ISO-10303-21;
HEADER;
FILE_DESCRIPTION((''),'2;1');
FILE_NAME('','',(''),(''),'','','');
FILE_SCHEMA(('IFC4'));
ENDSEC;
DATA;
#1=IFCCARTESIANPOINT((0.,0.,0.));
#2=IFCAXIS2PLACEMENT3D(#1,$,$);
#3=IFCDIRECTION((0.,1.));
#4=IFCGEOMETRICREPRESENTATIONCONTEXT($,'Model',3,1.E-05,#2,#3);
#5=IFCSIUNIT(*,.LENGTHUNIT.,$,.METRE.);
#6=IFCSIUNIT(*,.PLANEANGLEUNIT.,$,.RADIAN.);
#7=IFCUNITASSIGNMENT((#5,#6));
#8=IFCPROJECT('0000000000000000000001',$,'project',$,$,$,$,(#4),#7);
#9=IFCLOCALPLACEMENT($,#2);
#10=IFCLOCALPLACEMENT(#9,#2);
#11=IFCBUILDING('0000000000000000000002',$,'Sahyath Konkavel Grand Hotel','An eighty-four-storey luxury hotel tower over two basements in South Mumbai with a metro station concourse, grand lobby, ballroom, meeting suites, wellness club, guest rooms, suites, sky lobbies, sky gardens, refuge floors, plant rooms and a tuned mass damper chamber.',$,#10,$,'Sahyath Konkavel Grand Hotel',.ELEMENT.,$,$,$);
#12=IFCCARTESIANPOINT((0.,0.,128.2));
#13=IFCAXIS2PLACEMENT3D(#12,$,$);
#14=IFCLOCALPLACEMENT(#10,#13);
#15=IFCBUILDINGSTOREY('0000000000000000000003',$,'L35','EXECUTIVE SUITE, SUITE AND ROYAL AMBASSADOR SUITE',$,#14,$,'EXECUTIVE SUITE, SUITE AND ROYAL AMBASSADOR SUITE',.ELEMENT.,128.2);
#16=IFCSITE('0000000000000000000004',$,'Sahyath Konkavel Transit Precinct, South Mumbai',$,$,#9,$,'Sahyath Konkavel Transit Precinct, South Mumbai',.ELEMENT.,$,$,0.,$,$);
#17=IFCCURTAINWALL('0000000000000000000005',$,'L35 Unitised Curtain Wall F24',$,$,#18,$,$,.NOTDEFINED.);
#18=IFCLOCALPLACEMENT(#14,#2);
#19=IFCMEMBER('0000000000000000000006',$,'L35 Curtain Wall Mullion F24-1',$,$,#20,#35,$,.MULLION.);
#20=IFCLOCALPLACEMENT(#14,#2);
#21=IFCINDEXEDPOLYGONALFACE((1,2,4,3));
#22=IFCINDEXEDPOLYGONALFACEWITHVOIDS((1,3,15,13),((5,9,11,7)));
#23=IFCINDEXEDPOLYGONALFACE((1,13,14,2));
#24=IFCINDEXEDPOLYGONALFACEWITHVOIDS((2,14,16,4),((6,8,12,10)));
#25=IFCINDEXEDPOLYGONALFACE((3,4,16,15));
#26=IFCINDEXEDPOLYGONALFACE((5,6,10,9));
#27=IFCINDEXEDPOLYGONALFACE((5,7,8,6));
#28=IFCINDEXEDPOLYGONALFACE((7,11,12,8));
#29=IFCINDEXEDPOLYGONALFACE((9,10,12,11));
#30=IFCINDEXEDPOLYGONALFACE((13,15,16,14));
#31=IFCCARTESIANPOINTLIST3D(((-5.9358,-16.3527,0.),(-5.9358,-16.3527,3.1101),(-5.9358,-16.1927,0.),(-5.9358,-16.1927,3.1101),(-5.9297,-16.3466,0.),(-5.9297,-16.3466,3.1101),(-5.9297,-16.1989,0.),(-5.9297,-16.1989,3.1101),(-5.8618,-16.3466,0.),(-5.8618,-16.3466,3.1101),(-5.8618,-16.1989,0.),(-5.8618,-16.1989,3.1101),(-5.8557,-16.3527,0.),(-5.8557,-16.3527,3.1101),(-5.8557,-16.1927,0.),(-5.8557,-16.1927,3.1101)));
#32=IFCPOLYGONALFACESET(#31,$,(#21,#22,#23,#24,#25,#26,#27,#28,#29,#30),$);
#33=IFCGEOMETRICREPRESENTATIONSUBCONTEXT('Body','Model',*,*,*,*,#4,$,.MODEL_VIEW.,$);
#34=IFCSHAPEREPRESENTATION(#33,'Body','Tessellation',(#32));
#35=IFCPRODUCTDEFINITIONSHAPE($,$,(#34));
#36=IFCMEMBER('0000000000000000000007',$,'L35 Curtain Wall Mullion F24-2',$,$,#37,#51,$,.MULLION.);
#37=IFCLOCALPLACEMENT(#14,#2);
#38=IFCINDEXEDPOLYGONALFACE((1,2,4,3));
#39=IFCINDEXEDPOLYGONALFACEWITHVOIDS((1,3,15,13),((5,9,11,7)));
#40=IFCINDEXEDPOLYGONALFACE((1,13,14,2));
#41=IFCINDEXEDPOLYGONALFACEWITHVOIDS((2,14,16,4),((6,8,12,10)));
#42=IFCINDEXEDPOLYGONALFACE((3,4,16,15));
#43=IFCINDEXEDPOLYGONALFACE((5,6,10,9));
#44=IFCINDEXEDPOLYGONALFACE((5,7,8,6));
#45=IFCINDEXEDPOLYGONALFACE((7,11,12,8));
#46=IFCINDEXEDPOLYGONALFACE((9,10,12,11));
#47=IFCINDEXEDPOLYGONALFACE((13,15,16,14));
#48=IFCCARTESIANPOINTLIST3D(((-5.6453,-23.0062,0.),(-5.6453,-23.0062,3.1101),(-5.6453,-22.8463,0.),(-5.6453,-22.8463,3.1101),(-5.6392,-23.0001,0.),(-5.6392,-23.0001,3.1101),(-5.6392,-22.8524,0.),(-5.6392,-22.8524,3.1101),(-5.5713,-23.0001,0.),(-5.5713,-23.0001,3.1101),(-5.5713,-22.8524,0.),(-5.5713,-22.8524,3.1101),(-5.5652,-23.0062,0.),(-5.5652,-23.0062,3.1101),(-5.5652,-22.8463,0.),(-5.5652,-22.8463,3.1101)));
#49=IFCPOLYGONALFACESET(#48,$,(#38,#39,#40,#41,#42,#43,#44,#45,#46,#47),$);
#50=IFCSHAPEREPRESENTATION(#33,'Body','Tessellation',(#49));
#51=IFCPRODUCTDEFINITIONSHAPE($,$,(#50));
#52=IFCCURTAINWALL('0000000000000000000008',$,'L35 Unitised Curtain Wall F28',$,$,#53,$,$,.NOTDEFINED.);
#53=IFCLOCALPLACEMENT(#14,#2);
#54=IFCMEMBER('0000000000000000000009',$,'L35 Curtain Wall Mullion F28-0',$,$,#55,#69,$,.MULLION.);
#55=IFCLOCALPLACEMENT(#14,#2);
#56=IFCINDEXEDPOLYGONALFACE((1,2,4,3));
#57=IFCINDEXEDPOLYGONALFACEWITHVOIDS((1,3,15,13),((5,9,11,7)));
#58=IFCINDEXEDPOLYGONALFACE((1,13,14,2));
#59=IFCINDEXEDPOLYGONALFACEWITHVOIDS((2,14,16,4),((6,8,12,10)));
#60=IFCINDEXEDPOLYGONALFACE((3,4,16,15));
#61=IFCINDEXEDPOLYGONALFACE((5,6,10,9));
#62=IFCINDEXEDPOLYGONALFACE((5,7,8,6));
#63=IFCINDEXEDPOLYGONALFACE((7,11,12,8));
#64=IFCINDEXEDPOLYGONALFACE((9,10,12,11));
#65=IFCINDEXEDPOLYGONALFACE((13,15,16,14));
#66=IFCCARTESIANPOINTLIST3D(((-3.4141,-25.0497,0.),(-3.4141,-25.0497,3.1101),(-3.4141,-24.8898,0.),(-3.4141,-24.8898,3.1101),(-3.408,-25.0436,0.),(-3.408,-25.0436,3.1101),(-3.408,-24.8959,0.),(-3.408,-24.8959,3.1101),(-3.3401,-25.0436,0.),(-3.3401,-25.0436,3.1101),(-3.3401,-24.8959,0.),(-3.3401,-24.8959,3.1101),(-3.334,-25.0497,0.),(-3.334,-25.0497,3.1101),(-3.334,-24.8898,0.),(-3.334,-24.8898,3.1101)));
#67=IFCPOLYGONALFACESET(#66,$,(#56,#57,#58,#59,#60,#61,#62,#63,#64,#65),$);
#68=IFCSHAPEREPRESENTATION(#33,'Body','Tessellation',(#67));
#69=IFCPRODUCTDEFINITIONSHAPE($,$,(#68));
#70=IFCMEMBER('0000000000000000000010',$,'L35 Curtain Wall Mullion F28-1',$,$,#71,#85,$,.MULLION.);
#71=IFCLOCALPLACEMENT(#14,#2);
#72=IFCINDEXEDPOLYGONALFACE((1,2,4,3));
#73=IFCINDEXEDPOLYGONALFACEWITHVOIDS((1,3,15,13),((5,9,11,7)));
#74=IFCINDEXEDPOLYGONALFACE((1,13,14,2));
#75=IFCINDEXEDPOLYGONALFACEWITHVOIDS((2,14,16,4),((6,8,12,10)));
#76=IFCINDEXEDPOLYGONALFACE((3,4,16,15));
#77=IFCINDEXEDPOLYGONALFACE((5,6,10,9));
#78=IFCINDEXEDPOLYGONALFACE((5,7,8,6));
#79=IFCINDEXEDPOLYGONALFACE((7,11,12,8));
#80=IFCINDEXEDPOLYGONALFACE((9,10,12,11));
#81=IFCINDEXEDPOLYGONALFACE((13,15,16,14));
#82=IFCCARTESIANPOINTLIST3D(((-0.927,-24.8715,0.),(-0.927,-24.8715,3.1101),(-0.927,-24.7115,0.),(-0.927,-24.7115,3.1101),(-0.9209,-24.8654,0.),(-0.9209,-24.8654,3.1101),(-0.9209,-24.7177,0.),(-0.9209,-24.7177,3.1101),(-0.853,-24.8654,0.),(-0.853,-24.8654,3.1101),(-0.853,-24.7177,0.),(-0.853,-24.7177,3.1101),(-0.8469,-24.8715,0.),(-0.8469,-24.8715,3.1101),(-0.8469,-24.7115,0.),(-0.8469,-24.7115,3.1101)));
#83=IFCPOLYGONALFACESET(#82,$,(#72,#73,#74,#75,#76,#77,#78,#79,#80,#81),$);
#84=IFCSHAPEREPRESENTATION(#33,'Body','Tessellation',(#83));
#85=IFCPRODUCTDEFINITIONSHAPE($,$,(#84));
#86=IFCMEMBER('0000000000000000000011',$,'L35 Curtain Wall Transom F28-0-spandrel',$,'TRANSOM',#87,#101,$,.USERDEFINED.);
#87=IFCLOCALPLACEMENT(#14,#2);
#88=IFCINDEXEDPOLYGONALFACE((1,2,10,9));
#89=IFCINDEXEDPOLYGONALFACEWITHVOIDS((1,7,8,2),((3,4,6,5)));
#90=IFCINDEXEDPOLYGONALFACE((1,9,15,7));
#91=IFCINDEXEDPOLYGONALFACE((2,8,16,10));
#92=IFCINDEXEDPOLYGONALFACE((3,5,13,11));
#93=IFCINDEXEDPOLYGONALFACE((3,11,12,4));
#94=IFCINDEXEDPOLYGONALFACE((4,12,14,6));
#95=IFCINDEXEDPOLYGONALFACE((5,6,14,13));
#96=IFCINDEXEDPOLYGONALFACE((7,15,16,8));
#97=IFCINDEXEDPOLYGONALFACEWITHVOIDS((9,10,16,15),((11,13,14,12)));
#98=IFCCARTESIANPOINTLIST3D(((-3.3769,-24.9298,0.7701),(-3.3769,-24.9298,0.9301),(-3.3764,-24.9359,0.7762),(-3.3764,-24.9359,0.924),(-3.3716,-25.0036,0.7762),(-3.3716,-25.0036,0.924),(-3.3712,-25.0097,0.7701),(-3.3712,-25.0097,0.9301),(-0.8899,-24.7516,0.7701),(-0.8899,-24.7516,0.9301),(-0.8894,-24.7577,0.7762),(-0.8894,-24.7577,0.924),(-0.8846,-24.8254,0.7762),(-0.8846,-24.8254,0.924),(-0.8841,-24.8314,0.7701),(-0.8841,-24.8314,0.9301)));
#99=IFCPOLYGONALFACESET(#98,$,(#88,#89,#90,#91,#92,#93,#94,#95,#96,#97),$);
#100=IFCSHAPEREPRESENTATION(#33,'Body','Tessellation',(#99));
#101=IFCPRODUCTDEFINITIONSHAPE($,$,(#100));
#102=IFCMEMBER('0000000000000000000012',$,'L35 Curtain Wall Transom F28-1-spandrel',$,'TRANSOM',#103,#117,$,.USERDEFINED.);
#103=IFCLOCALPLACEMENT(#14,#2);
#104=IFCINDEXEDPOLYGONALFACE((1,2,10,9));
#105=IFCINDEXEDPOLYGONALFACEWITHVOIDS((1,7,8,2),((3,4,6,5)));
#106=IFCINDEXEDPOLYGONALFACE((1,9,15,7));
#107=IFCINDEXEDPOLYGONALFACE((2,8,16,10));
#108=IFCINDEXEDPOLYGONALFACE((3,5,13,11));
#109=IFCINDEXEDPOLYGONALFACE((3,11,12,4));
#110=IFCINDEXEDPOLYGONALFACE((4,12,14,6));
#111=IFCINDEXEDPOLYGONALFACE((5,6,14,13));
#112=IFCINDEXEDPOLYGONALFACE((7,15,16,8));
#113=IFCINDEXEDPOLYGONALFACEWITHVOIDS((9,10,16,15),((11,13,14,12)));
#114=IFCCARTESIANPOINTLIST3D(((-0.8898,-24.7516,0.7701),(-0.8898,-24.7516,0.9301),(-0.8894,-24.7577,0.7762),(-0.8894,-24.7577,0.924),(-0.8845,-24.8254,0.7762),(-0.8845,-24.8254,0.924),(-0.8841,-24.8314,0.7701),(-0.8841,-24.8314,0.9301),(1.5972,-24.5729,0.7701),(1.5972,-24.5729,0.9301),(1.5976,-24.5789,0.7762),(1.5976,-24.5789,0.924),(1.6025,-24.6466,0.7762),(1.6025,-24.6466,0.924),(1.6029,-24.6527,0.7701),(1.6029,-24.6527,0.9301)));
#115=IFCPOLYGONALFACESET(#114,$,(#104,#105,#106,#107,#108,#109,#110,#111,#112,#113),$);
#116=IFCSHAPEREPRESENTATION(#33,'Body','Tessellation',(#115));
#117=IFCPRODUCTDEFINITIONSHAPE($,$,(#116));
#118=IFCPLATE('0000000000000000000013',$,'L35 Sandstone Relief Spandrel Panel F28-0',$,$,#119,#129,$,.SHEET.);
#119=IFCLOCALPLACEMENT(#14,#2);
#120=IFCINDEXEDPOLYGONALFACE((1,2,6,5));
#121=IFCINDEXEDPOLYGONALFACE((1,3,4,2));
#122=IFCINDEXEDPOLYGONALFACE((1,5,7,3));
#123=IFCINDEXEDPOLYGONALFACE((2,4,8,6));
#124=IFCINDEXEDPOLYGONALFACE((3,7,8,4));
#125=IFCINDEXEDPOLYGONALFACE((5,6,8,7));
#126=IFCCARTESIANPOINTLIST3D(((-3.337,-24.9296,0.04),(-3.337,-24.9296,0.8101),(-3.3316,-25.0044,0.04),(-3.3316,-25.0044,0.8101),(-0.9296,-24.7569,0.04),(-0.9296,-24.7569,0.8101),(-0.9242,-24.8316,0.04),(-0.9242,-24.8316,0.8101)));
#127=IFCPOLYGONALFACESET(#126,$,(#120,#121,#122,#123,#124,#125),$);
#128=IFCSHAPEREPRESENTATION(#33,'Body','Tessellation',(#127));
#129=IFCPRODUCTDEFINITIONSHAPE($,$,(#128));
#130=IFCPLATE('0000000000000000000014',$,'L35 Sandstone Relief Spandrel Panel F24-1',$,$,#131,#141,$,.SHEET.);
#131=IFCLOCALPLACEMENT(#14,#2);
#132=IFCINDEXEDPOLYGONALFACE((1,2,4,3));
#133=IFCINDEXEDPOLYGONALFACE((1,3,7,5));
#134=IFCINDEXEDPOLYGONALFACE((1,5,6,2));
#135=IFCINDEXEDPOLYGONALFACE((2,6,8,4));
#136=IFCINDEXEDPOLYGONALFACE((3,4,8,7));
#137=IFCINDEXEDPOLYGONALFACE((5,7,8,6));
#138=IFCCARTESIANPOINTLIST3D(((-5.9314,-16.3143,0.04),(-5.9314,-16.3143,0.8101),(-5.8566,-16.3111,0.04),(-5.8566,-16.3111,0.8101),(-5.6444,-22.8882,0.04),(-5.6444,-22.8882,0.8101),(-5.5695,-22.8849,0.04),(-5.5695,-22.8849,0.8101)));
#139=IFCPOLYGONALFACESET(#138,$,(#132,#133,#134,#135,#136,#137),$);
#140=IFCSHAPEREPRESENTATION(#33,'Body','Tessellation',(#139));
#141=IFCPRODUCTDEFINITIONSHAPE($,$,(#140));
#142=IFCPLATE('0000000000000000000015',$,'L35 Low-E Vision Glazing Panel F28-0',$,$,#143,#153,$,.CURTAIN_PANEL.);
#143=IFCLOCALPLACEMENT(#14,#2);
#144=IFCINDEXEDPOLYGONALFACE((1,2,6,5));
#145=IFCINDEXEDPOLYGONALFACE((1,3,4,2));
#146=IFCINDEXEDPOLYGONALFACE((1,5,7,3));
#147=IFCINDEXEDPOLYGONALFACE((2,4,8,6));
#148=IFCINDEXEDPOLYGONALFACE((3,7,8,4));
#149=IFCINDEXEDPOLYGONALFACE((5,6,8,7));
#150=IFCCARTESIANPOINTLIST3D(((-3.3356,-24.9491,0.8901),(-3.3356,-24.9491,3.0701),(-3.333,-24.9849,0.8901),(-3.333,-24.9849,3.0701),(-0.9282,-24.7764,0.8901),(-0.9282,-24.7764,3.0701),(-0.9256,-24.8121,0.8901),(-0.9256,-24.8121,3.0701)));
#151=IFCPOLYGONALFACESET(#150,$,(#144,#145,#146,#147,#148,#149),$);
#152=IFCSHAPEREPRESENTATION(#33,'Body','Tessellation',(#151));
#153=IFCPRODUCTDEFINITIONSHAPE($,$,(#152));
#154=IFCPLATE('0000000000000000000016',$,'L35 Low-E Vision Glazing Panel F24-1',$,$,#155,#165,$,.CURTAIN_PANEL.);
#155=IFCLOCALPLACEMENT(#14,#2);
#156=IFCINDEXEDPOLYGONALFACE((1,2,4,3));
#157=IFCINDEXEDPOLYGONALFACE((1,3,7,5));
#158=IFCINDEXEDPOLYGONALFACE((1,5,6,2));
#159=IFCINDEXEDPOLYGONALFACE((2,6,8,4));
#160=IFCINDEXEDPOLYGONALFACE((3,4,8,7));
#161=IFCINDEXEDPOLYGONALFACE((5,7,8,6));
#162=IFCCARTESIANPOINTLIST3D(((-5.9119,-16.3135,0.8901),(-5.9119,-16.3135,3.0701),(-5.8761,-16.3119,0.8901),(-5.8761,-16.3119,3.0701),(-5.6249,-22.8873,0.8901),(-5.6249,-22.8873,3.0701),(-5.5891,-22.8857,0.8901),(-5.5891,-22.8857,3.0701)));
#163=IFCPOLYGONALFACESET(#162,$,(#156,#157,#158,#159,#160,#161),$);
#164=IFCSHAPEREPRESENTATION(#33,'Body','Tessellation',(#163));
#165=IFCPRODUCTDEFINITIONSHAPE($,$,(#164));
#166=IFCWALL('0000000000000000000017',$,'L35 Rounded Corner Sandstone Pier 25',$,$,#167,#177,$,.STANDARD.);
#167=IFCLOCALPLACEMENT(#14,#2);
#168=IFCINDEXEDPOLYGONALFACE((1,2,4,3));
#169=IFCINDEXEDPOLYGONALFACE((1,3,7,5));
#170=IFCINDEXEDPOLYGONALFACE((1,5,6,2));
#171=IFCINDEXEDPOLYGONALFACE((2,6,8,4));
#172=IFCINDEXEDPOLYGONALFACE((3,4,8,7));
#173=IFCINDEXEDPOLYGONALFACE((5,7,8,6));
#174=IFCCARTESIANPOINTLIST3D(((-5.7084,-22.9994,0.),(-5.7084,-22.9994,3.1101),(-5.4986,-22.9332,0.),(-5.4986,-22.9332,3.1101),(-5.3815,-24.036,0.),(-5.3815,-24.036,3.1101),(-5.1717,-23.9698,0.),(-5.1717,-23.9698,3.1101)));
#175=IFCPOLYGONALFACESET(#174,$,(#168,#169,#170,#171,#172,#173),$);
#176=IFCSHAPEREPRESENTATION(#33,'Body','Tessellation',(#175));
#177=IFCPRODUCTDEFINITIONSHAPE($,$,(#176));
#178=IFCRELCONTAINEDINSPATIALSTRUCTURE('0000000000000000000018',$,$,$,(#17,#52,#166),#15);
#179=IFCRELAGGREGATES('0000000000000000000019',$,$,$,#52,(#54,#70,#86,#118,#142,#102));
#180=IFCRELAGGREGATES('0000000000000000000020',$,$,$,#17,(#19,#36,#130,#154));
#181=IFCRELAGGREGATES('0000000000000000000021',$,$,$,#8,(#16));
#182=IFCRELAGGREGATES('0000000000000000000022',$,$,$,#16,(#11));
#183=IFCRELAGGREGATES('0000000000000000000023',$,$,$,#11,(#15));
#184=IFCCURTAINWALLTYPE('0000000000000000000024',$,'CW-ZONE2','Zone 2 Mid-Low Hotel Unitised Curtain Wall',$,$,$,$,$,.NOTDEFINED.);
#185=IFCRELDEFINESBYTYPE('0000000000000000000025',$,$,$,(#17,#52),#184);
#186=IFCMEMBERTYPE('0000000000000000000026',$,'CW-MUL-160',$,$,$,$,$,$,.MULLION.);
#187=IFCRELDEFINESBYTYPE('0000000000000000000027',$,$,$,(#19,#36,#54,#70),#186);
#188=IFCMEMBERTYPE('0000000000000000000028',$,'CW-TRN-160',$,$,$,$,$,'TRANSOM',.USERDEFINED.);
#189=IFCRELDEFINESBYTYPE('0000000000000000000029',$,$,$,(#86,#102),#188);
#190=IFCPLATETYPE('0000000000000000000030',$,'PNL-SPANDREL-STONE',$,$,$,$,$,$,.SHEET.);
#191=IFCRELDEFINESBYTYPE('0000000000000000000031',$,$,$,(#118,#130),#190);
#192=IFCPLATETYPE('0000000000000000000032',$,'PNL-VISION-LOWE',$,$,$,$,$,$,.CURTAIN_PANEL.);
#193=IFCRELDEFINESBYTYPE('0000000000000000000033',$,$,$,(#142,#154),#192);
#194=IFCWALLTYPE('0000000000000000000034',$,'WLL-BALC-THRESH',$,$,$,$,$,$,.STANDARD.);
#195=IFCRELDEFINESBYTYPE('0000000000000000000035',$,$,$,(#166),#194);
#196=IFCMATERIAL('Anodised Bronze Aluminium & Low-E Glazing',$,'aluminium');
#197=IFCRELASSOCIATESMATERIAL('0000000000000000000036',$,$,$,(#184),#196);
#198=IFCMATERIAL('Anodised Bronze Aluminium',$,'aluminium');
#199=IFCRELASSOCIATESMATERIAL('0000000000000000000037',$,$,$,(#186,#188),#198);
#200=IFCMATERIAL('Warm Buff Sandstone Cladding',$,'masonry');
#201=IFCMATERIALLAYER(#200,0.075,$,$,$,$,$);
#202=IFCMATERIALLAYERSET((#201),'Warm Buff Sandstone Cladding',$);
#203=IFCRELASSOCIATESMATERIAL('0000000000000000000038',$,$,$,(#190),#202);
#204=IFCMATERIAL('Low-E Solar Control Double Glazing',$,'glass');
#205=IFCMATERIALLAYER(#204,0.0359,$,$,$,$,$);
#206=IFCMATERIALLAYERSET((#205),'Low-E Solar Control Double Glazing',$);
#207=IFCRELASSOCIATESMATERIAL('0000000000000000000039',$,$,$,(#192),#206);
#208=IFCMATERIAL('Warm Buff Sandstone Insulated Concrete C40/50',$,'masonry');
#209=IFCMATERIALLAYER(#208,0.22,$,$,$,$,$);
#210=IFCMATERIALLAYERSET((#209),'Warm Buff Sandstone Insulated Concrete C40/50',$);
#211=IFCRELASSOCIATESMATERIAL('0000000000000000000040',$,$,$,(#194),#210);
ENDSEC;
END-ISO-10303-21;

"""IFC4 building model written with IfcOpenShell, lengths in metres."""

from ifc_helpers import new_model, si_unit, direction, frame, frame_2d, origin, origin_2d, place, context, subcontext, project, spatial, rectangle, hollow_rectangle, extrude, source, transform, mapped, material, layer, layer_set, material_profile, profile_set, type_object, element, aggregate, save


model = new_model("IFC4")

# Units and contexts
model_context = context("Model", 3, precision=1e-05, world=origin(), true_north=direction((0.0, 1.0)))
body_context = subcontext(model_context, "Body", "Model", "MODEL_VIEW")
ifc_project = project(units=[si_unit("LENGTHUNIT", "METRE"), si_unit("PLANEANGLEUNIT", "RADIAN")], contexts=[model_context])

# Site, building, storey
site_placement = place(None, origin())
site = spatial("IfcSite", under=ifc_project, at=site_placement, Name="Sahyath Konkavel Transit Precinct, South Mumbai", LongName="Sahyath Konkavel Transit Precinct, South Mumbai", CompositionType="ELEMENT", RefElevation=0.0)
building_placement = place(site_placement, origin())
building = spatial("IfcBuilding", under=site, at=building_placement, Name="Sahyath Konkavel Grand Hotel", Description="An eighty-four-storey luxury hotel tower over two basements in South Mumbai with a metro station concourse, grand lobby, ballroom, meeting suites, wellness club, guest rooms, suites, sky lobbies, sky gardens, refuge floors, plant rooms and a tuned mass damper chamber.", LongName="Sahyath Konkavel Grand Hotel", CompositionType="ELEMENT")
storey_placement = place(building_placement, frame((0.0, 0.0, 128.2)))
storey = spatial("IfcBuildingStorey", under=building, at=storey_placement, Name="L35", Description="EXECUTIVE SUITE, SUITE AND ROYAL AMBASSADOR SUITE", LongName="EXECUTIVE SUITE, SUITE AND ROYAL AMBASSADOR SUITE", CompositionType="ELEMENT", Elevation=128.2)

# Curtain wall, members
ifc_material_1 = material(Name="Anodised Bronze Aluminium & Low-E Glazing", Category="aluminium")
curtain_wall_type = type_object("IfcCurtainWallType", Name="CW-ZONE2", Description="Zone 2 Mid-Low Hotel Unitised Curtain Wall", PredefinedType="NOTDEFINED", material=ifc_material_1)
curtain_wall_1_placement = place(storey_placement, origin())
curtain_wall_1 = element("IfcCurtainWall", 1, at=curtain_wall_1_placement, inside=storey, type_object=curtain_wall_type, Name="L35 Unitised Curtain Wall F24", PredefinedType="NOTDEFINED")
ifc_material_2 = material(Name="Anodised Bronze Aluminium", Category="aluminium")
ifc_material_profile_1 = material_profile(ifc_material_2, hollow_rectangle(XDim=0.0801, YDim=0.1599, WallThickness=0.0061, at=origin_2d()), Name="RHS 160x80x6")
ifc_profile_set_1 = profile_set([ifc_material_profile_1], Name="Anodised Bronze Aluminium")
member_type_1 = type_object("IfcMemberType", Name="CW-MUL-160", PredefinedType="MULLION", material=ifc_profile_set_1)
shared_shape_1 = source(origin(), body_context, "Body", "SweptSolid", [
    extrude(hollow_rectangle(XDim=0.0801, YDim=0.1599, WallThickness=0.0061, at=origin_2d()), origin(), (0.0, 0.0, 1.0), 3.1101),
])
member_1_placement = place(storey_placement, frame((-5.8958, -16.2727, 0.0), z_axis=(0.0, 0.0, 1.0), x_axis=(1.0, 0.0, 0.0)))
member_1 = element("IfcMember", 2, at=member_1_placement, type_object=member_type_1, Name="L35 Curtain Wall Mullion F24-1", PredefinedType="MULLION", context=body_context, shape_type="MappedRepresentation", body=[
    mapped(shared_shape_1, transform((0.0, 0.0, 0.0), scale=1.0)),
])
member_2_placement = place(storey_placement, frame((-5.6052, -22.9263, 0.0), z_axis=(0.0, 0.0, 1.0), x_axis=(1.0, 0.0, 0.0)))
member_2 = element("IfcMember", 3, at=member_2_placement, type_object=member_type_1, Name="L35 Curtain Wall Mullion F24-2", PredefinedType="MULLION", context=body_context, shape_type="MappedRepresentation", body=[
    mapped(shared_shape_1, transform((0.0, 0.0, 0.0), scale=1.0)),
])

# Curtain wall, members, plate
curtain_wall_2_placement = place(storey_placement, origin())
curtain_wall_2 = element("IfcCurtainWall", 4, at=curtain_wall_2_placement, inside=storey, type_object=curtain_wall_type, Name="L35 Unitised Curtain Wall F28", PredefinedType="NOTDEFINED")
member_3_placement = place(storey_placement, frame((-3.374, -24.9697, 0.0), z_axis=(0.0, 0.0, 1.0), x_axis=(1.0, 0.0, 0.0)))
member_3 = element("IfcMember", 5, at=member_3_placement, type_object=member_type_1, Name="L35 Curtain Wall Mullion F28-0", PredefinedType="MULLION", context=body_context, shape_type="MappedRepresentation", body=[
    mapped(shared_shape_1, transform((0.0, 0.0, 0.0), scale=1.0)),
])
member_4_placement = place(storey_placement, frame((-0.887, -24.7915, 0.0), z_axis=(0.0, 0.0, 1.0), x_axis=(1.0, 0.0, 0.0)))
member_4 = element("IfcMember", 6, at=member_4_placement, type_object=member_type_1, Name="L35 Curtain Wall Mullion F28-1", PredefinedType="MULLION", context=body_context, shape_type="MappedRepresentation", body=[
    mapped(shared_shape_1, transform((0.0, 0.0, 0.0), scale=1.0)),
])
ifc_material_profile_2 = material_profile(ifc_material_2, hollow_rectangle(XDim=0.0801, YDim=0.1599, WallThickness=0.0061, at=origin_2d()), Name="RHS 160x80x6")
ifc_profile_set_2 = profile_set([ifc_material_profile_2], Name="Anodised Bronze Aluminium")
member_type_2 = type_object("IfcMemberType", Name="CW-TRN-160", ElementType="TRANSOM", PredefinedType="USERDEFINED", material=ifc_profile_set_2)
shared_shape_2 = source(origin(), body_context, "Body", "SweptSolid", [
    extrude(hollow_rectangle(XDim=0.0801, YDim=0.1599, WallThickness=0.0061, at=origin_2d()), origin(), (0.0, 0.0, 1.0), 2.4934),
])
member_5_placement = place(storey_placement, frame((-3.374, -24.9697, 0.8501), z_axis=(0.997442, 0.071477, 0.0), x_axis=(-0.071477, 0.997442, 0.0)))
member_5 = element("IfcMember", 7, at=member_5_placement, type_object=member_type_2, Name="L35 Curtain Wall Transom F28-0-spandrel", ObjectType="TRANSOM", PredefinedType="USERDEFINED", context=body_context, shape_type="MappedRepresentation", body=[
    mapped(shared_shape_2, transform((0.0, 0.0, 0.0), scale=1.0)),
])
member_6_placement = place(storey_placement, frame((-0.887, -24.7915, 0.8501), z_axis=(0.997428, 0.071671, 0.0), x_axis=(-0.071671, 0.997428, 0.0)))
member_6 = element("IfcMember", 8, at=member_6_placement, type_object=member_type_2, Name="L35 Curtain Wall Transom F28-1-spandrel", ObjectType="TRANSOM", PredefinedType="USERDEFINED", context=body_context, shape_type="MappedRepresentation", body=[
    mapped(shared_shape_2, transform((0.0, 0.0, 0.0), scale=1.0)),
])
ifc_material_3 = material(Name="Warm Buff Sandstone Cladding", Category="masonry")
ifc_layer_1 = layer(ifc_material_3, 0.075)
ifc_layer_set_1 = layer_set([ifc_layer_1], Name="Warm Buff Sandstone Cladding")
plate_type_1 = type_object("IfcPlateType", Name="PNL-SPANDREL-STONE", PredefinedType="SHEET", material=ifc_layer_set_1)
shared_shape_3 = source(origin(), body_context, "Body", "SweptSolid", [
    extrude(rectangle(XDim=2.4136, YDim=0.075, at=origin_2d()), origin(), (0.0, 0.0, 1.0), 0.77),
])
plate_1_placement = place(storey_placement, frame((-2.1306, -24.8806, 0.04), z_axis=(0.0, 0.0, 1.0), x_axis=(0.997436, 0.071567, 0.0)))
plate_1 = element("IfcPlate", 9, at=plate_1_placement, type_object=plate_type_1, Name="L35 Sandstone Relief Spandrel Panel F28-0", PredefinedType="SHEET", context=body_context, shape_type="MappedRepresentation", body=[
    mapped(shared_shape_3, transform((0.0, 0.0, 0.0), scale=1.0)),
])

# Plates
shared_shape_4 = source(origin(), body_context, "Body", "SweptSolid", [
    extrude(rectangle(XDim=6.5801, YDim=0.075, at=origin_2d()), origin(), (0.0, 0.0, 1.0), 0.77),
])
plate_2_placement = place(storey_placement, frame((-5.7505, -19.5996, 0.04), z_axis=(0.0, 0.0, 1.0), x_axis=(0.043619, -0.999048, 0.0)))
plate_2 = element("IfcPlate", 10, at=plate_2_placement, type_object=plate_type_1, Name="L35 Sandstone Relief Spandrel Panel F24-1", PredefinedType="SHEET", context=body_context, shape_type="MappedRepresentation", body=[
    mapped(shared_shape_4, transform((0.0, 0.0, 0.0), scale=1.0)),
])
ifc_material_4 = material(Name="Low-E Solar Control Double Glazing", Category="glass")
ifc_layer_2 = layer(ifc_material_4, 0.0359)
ifc_layer_set_2 = layer_set([ifc_layer_2], Name="Low-E Solar Control Double Glazing")
plate_type_2 = type_object("IfcPlateType", Name="PNL-VISION-LOWE", PredefinedType="CURTAIN_PANEL", material=ifc_layer_set_2)
shared_shape_5 = source(origin(), body_context, "Body", "SweptSolid", [
    extrude(rectangle(XDim=2.4136, YDim=0.0359, at=origin_2d()), origin(), (0.0, 0.0, 1.0), 2.1799),
])
plate_3_placement = place(storey_placement, frame((-2.1306, -24.8806, 0.8901), z_axis=(0.0, 0.0, 1.0), x_axis=(0.997436, 0.071567, 0.0)))
plate_3 = element("IfcPlate", 11, at=plate_3_placement, type_object=plate_type_2, Name="L35 Low-E Vision Glazing Panel F28-0", PredefinedType="CURTAIN_PANEL", context=body_context, shape_type="MappedRepresentation", body=[
    mapped(shared_shape_5, transform((0.0, 0.0, 0.0), scale=1.0)),
])
aggregate(curtain_wall_2, [member_3, member_4, member_5, plate_1, plate_3, member_6])
shared_shape_6 = source(origin(), body_context, "Body", "SweptSolid", [
    extrude(rectangle(XDim=6.5801, YDim=0.0359, at=origin_2d()), origin(), (0.0, 0.0, 1.0), 2.1799),
])
plate_4_placement = place(storey_placement, frame((-5.7505, -19.5996, 0.8901), z_axis=(0.0, 0.0, 1.0), x_axis=(0.043619, -0.999048, 0.0)))
plate_4 = element("IfcPlate", 12, at=plate_4_placement, type_object=plate_type_2, Name="L35 Low-E Vision Glazing Panel F24-1", PredefinedType="CURTAIN_PANEL", context=body_context, shape_type="MappedRepresentation", body=[
    mapped(shared_shape_6, transform((0.0, 0.0, 0.0), scale=1.0)),
])
aggregate(curtain_wall_1, [member_1, member_2, plate_2, plate_4])

# Wall
ifc_material_5 = material(Name="Warm Buff Sandstone Insulated Concrete C40/50", Category="masonry")
ifc_layer_3 = layer(ifc_material_5, 0.22)
ifc_layer_set_3 = layer_set([ifc_layer_3], Name="Warm Buff Sandstone Insulated Concrete C40/50")
wall_type_1 = type_object("IfcWallType", Name="WLL-BALC-THRESH", PredefinedType="STANDARD", material=ifc_layer_set_3)
wall_1_placement = place(storey_placement, frame((-5.6035, -22.9663, 0.0), z_axis=(0.0, 0.0, 1.0), x_axis=(0.300755, -0.953701, 0.0)))
element("IfcWall", 13, at=wall_1_placement, inside=storey, type_object=wall_type_1, Name="L35 Rounded Corner Sandstone Pier 25", PredefinedType="STANDARD", context=body_context, shape_type="SweptSolid", body=[
    extrude(rectangle(XDim=1.0869, YDim=0.22, at=frame_2d((0.5435, 0.0))), origin(), (0.0, 0.0, 1.0), 3.1101),
])

save(model, "model.ifc")
